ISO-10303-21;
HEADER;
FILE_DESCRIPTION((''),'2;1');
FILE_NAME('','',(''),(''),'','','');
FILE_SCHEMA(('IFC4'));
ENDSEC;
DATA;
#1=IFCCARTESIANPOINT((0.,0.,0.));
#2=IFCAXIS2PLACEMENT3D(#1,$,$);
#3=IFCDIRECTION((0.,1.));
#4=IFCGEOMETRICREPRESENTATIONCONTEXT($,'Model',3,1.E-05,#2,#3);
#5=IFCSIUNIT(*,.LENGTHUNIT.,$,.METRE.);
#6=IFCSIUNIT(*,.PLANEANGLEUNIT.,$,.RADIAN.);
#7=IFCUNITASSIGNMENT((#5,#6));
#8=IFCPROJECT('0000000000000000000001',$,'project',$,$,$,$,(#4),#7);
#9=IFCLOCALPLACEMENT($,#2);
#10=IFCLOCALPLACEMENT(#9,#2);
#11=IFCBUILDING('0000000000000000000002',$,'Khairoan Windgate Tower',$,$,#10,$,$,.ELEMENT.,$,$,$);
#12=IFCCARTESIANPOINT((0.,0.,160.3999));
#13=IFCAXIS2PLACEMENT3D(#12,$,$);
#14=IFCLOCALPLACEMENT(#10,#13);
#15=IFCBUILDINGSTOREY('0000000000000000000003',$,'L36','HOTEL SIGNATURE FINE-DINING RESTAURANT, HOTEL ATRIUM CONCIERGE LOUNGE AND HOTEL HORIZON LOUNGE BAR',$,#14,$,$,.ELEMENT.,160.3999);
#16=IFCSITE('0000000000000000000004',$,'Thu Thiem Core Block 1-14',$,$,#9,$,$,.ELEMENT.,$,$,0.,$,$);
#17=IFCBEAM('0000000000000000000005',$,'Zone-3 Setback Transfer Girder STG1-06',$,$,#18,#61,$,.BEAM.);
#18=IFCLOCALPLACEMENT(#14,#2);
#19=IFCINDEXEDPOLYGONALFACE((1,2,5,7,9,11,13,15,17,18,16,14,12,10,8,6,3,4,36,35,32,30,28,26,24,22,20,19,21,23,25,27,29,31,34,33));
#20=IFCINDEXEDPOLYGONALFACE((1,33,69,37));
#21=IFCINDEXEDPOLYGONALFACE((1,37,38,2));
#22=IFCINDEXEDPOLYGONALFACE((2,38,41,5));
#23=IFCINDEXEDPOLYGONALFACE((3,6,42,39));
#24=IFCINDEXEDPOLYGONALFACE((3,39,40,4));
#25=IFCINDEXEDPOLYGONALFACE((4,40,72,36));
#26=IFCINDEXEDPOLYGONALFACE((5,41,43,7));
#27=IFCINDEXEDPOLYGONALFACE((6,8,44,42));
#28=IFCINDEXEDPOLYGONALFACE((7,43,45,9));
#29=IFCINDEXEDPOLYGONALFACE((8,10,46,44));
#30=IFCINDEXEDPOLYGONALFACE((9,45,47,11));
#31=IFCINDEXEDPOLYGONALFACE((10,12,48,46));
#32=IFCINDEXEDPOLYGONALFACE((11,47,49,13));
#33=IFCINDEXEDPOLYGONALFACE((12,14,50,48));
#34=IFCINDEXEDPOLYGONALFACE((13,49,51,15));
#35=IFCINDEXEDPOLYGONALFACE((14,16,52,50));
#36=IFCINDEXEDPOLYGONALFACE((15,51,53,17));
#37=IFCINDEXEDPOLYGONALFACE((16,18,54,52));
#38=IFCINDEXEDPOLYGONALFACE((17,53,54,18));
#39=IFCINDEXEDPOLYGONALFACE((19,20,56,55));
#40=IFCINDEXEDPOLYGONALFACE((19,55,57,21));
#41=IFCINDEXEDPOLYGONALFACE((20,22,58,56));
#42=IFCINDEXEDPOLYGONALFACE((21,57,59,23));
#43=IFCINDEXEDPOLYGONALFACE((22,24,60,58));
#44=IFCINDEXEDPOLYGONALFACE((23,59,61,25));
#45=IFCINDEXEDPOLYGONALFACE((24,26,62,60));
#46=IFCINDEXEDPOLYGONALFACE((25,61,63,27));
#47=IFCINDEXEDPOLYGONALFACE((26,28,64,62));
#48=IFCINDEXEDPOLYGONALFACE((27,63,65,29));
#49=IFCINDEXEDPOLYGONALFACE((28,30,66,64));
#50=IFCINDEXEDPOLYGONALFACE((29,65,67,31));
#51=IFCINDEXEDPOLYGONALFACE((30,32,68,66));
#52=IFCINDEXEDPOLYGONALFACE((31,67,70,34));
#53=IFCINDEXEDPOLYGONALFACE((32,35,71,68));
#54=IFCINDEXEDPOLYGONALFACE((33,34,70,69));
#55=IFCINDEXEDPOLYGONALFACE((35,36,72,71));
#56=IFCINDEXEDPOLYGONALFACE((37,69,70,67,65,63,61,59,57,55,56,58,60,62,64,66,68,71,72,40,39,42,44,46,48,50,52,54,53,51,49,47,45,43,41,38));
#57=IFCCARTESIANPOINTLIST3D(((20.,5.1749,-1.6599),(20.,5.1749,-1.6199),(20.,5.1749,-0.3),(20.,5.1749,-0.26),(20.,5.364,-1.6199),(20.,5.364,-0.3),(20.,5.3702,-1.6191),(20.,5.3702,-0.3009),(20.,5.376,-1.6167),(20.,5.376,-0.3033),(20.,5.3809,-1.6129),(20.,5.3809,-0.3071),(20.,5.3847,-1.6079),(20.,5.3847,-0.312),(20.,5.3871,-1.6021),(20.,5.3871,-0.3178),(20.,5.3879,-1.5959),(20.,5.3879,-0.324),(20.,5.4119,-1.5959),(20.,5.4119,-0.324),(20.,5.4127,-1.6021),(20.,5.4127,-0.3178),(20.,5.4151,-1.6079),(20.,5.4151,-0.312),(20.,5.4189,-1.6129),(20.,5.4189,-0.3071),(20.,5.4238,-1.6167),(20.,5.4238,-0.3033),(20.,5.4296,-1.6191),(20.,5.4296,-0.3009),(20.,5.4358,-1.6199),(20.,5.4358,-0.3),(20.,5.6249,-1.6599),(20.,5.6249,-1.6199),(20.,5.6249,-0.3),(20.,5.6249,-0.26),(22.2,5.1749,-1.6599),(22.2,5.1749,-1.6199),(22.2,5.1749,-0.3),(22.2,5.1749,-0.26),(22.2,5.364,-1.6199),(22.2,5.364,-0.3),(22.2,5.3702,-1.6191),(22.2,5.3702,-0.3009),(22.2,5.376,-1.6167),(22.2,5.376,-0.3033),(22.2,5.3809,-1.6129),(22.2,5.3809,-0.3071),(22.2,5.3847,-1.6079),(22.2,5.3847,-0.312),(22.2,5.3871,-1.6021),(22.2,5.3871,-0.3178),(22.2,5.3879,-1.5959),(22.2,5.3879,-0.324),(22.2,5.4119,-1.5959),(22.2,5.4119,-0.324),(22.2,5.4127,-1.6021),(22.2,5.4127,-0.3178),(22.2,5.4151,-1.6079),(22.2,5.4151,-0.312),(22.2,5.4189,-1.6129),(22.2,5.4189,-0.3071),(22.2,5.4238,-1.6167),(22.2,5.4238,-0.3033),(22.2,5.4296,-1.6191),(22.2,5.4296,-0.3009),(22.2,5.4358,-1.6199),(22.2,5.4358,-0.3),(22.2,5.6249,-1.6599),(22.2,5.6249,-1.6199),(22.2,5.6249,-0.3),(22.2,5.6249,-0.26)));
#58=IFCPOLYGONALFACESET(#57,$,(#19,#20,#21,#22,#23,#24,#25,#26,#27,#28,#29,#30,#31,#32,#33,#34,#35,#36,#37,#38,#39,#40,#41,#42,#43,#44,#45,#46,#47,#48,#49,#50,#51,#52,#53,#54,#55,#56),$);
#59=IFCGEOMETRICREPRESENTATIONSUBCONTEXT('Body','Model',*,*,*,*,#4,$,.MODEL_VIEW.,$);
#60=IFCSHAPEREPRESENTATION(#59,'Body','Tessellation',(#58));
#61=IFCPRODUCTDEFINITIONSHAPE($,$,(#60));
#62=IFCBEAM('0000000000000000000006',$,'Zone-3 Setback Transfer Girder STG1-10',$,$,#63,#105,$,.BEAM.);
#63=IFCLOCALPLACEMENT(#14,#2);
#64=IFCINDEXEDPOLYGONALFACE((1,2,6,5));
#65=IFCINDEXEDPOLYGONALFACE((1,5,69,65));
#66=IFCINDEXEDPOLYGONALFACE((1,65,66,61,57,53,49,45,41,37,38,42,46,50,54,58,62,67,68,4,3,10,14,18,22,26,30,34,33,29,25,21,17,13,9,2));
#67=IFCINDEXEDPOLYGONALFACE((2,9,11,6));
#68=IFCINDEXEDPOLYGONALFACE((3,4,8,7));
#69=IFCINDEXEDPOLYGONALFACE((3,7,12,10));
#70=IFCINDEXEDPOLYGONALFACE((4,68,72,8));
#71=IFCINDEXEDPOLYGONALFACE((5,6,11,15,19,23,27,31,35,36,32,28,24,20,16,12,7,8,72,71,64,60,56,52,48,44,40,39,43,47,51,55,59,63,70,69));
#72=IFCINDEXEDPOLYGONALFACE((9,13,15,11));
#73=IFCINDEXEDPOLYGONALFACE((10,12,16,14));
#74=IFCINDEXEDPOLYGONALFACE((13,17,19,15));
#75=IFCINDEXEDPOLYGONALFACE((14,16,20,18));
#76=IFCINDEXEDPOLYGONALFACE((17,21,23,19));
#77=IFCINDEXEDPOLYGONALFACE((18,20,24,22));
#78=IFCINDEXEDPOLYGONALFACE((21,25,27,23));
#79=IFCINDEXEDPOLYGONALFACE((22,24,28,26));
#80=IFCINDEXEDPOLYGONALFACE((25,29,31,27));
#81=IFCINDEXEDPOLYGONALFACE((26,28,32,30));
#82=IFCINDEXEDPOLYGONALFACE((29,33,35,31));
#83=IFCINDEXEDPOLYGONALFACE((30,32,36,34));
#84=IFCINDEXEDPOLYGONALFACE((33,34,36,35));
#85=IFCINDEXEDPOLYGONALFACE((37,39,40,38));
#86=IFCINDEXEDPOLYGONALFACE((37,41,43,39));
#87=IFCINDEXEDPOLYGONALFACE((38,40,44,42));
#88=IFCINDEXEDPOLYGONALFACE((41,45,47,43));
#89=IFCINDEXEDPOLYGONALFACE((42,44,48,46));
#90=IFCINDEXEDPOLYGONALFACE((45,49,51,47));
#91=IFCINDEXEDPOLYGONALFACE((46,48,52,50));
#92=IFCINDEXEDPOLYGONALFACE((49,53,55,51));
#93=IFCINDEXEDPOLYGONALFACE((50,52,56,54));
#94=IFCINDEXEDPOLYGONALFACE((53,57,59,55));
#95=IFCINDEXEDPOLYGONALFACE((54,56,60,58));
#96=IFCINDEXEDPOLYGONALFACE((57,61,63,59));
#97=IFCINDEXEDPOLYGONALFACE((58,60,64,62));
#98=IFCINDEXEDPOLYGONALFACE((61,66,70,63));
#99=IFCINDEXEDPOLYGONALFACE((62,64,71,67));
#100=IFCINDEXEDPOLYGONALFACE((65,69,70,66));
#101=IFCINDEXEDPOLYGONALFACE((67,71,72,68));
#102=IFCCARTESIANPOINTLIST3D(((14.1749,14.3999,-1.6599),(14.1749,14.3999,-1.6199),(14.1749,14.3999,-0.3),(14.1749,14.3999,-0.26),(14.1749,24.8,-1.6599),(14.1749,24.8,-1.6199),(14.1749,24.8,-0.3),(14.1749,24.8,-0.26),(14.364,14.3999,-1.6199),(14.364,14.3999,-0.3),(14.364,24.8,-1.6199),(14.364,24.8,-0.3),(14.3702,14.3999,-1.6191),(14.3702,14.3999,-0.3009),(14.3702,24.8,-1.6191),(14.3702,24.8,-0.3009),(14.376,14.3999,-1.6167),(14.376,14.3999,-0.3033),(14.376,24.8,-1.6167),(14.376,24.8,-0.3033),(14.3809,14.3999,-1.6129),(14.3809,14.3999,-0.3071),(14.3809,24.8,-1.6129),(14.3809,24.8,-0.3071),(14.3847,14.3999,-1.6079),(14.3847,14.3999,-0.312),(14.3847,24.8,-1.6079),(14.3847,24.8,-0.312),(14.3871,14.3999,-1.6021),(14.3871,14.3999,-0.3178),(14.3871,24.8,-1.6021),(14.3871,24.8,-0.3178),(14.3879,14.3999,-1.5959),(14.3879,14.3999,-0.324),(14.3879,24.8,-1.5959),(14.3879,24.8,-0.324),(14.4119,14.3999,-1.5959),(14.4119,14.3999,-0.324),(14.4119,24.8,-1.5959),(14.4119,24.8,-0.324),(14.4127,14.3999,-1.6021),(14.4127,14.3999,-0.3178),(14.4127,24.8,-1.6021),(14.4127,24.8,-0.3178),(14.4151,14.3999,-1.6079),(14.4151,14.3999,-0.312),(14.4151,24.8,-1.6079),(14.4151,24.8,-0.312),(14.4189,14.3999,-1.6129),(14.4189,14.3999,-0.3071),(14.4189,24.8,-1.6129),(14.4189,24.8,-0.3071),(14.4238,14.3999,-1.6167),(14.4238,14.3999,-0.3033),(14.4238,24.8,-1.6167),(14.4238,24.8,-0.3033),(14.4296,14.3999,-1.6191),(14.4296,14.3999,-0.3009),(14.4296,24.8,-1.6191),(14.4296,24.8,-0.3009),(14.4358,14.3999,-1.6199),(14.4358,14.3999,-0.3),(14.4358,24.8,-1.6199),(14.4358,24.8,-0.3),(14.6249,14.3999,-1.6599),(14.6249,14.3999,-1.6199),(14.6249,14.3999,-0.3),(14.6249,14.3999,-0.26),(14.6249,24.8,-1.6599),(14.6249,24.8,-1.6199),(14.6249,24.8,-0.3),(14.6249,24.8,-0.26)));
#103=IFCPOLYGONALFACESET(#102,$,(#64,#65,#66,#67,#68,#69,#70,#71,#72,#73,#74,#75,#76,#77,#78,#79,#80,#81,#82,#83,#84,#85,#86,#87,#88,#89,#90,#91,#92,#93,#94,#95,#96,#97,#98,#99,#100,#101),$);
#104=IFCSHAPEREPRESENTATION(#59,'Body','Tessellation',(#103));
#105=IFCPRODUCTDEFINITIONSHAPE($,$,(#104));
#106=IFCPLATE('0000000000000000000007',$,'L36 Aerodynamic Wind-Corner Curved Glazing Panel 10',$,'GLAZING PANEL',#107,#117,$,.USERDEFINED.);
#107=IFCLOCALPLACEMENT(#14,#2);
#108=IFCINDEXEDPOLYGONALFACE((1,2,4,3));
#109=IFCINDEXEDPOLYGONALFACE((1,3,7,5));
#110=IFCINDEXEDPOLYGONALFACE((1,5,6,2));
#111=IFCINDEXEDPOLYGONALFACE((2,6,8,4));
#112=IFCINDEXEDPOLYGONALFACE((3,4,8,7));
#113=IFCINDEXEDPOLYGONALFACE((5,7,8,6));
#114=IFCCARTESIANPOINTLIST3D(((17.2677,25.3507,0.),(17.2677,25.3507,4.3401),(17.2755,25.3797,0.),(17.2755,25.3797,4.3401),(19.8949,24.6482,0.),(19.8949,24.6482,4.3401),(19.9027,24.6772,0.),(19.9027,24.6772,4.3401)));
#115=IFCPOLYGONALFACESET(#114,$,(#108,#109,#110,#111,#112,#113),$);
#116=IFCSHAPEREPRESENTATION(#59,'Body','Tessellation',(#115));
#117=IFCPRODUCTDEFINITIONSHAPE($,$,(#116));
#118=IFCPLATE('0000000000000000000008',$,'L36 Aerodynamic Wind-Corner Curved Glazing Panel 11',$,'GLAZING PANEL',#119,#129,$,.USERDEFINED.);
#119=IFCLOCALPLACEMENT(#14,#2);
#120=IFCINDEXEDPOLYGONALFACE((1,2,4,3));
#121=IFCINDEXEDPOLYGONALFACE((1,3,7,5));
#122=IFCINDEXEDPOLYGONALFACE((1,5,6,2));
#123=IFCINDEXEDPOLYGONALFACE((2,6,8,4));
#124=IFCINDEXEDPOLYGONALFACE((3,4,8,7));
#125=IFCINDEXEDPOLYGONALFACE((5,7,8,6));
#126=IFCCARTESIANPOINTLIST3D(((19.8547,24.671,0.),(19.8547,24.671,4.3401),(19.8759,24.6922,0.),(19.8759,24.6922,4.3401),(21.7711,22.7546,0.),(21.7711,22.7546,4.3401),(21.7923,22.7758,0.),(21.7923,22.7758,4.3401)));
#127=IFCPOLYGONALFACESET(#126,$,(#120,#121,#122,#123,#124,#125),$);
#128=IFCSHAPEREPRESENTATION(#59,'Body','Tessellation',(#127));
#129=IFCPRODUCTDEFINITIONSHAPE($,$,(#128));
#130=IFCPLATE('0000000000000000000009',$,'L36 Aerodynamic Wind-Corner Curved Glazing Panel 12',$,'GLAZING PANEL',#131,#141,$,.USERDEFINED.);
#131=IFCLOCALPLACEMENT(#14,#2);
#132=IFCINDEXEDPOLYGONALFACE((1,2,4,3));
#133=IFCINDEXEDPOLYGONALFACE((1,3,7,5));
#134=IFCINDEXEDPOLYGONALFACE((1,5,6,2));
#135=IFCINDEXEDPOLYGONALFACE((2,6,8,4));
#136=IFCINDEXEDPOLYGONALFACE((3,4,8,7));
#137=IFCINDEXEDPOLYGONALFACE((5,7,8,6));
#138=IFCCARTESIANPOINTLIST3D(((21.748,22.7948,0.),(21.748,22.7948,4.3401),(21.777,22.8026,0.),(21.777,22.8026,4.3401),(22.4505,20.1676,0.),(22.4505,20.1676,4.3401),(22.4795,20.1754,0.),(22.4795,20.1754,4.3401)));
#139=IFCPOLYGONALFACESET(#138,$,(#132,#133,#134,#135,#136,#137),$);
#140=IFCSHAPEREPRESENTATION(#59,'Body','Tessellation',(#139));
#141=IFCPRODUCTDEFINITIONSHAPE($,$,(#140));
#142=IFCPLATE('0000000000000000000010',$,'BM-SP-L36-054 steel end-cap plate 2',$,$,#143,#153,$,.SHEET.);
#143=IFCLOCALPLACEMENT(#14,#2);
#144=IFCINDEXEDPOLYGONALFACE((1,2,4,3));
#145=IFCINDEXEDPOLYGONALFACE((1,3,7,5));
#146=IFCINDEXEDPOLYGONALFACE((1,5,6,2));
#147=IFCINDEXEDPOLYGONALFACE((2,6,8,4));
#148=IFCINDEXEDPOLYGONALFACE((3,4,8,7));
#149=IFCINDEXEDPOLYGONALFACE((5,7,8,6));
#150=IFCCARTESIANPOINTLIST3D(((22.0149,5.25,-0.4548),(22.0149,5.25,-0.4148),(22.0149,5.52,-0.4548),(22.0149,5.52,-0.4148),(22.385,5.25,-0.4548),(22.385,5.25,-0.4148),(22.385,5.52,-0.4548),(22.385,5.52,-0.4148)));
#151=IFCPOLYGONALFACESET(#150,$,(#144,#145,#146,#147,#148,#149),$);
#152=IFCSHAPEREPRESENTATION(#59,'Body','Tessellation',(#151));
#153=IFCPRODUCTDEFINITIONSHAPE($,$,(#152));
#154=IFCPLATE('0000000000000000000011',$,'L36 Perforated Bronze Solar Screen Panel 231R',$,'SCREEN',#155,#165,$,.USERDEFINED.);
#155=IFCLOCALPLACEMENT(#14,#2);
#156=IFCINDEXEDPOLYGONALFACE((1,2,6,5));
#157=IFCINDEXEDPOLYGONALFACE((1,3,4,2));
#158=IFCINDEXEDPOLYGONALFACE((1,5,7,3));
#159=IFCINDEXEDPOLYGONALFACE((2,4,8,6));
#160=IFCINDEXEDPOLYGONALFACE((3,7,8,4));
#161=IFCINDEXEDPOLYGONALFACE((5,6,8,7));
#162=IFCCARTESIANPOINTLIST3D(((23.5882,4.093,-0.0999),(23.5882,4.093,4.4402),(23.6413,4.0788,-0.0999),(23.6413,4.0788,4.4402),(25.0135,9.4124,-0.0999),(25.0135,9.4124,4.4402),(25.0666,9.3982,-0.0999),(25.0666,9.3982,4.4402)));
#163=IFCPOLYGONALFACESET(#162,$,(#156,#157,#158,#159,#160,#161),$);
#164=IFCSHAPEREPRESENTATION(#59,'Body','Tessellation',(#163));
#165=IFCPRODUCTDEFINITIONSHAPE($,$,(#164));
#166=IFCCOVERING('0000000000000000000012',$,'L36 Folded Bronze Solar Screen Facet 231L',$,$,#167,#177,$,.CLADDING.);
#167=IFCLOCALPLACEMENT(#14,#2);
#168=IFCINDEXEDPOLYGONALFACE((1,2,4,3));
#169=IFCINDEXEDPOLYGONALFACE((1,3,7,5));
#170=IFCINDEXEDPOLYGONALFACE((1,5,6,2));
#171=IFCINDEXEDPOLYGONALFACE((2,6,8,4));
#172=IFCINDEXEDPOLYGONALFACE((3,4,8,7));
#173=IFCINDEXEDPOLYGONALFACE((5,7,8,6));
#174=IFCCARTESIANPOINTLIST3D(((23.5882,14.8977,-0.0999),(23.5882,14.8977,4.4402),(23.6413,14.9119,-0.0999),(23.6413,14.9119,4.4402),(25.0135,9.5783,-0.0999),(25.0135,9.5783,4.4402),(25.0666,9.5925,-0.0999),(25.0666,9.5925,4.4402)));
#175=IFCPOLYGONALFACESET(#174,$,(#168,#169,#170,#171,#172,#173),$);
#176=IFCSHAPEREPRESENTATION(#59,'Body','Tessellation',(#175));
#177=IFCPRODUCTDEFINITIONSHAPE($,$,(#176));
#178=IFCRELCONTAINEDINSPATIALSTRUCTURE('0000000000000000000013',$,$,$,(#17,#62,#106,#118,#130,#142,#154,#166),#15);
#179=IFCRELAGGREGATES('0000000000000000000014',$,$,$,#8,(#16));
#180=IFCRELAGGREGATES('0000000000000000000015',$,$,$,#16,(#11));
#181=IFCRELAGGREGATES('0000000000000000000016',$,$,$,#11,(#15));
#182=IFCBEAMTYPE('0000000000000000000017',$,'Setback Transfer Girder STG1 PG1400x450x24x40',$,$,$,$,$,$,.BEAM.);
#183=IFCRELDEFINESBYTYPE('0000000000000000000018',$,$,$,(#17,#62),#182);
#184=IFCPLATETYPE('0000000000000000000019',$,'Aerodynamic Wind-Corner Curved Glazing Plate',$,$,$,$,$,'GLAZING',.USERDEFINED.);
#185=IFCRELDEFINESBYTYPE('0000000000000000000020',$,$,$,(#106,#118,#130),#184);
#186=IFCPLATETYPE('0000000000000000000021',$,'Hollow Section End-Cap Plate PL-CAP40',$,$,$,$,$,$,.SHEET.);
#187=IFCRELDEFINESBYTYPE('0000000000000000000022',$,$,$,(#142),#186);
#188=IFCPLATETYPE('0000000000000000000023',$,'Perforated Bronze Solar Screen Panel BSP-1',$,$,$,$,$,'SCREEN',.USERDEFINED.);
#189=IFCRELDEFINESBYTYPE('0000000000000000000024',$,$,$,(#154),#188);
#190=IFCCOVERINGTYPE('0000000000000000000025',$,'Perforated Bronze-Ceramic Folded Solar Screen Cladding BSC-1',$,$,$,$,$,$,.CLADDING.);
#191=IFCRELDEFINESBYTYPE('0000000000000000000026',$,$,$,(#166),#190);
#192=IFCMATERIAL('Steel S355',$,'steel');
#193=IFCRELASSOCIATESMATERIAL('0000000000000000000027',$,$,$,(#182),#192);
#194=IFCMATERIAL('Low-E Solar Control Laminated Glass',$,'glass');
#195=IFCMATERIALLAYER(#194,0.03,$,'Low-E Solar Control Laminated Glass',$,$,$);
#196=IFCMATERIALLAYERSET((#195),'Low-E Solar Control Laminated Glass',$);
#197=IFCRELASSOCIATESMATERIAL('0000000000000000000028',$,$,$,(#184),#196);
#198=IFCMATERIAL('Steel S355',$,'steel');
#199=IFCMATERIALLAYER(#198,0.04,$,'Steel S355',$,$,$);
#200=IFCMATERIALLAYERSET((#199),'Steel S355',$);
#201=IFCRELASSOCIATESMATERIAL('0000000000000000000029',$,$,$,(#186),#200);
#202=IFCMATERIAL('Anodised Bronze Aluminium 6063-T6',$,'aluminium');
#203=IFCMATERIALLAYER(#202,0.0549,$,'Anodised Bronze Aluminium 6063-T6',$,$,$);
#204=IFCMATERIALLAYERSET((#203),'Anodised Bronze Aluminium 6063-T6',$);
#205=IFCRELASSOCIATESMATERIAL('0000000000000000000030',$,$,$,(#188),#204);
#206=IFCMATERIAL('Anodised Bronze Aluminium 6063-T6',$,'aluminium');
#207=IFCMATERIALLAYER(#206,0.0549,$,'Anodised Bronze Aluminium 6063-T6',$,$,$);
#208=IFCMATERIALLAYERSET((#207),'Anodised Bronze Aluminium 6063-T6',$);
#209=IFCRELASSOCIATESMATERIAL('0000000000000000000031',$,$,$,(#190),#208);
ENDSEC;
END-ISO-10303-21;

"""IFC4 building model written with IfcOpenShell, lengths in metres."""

from ifc_helpers import new_model, si_unit, direction, frame, origin, origin_2d, place, context, subcontext, project, spatial, rectangle, i_section, extrude, material, layer, layer_set, material_profile, profile_set, type_object, element, save


model = new_model("IFC4")

# Units and contexts
model_context = context("Model", 3, precision=1e-05, world=origin(), true_north=direction((0.0, 1.0)))
body_context = subcontext(model_context, "Body", "Model", "MODEL_VIEW")
ifc_project = project(units=[si_unit("LENGTHUNIT", "METRE"), si_unit("PLANEANGLEUNIT", "RADIAN")], contexts=[model_context])

# Site, building, storey
site_placement = place(None, origin())
site = spatial("IfcSite", under=ifc_project, at=site_placement, Name="Thu Thiem Core Block 1-14", CompositionType="ELEMENT", RefElevation=0.0)
building_placement = place(site_placement, origin())
building = spatial("IfcBuilding", under=site, at=building_placement, Name="Khairoan Windgate Tower", CompositionType="ELEMENT")
storey_placement = place(building_placement, frame((0.0, 0.0, 160.3999)))
storey = spatial("IfcBuildingStorey", under=building, at=storey_placement, Name="L36", Description="HOTEL SIGNATURE FINE-DINING RESTAURANT, HOTEL ATRIUM CONCIERGE LOUNGE AND HOTEL HORIZON LOUNGE BAR", CompositionType="ELEMENT", Elevation=160.3999)

# Beams
ifc_material_1 = material(Name="Steel S355", Category="steel")
ifc_material_profile_1 = material_profile(ifc_material_1, i_section(OverallWidth=0.45, OverallDepth=1.3999, WebThickness=0.0239, FlangeThickness=0.04, FilletRadius=0.0239, at=origin_2d()))
ifc_profile_set_1 = profile_set([ifc_material_profile_1], Name="Steel S355")
beam_type_1 = type_object("IfcBeamType", Name="Setback Transfer Girder STG1 PG1400x450x24x40", PredefinedType="BEAM", material=ifc_profile_set_1)
beam_1_placement = place(storey_placement, frame((20.0, 5.3999, -0.96), z_axis=(1.0, 0.0, 0.0), x_axis=(0.0, 1.0, 0.0)))
element("IfcBeam", 1, at=beam_1_placement, inside=storey, type_object=beam_type_1, Name="Zone-3 Setback Transfer Girder STG1-06", PredefinedType="BEAM", context=body_context, shape_type="SweptSolid", body=[
    extrude(i_section(OverallWidth=0.45, OverallDepth=1.3999, WebThickness=0.0239, FlangeThickness=0.04, FilletRadius=0.0239, at=origin_2d()), origin(), (0.0, 0.0, 1.0), 2.2),
])
beam_2_placement = place(storey_placement, frame((14.3999, 14.3999, -0.96), z_axis=(0.0, 1.0, 0.0), x_axis=(-1.0, 0.0, 0.0)))
element("IfcBeam", 2, at=beam_2_placement, inside=storey, type_object=beam_type_1, Name="Zone-3 Setback Transfer Girder STG1-10", PredefinedType="BEAM", context=body_context, shape_type="SweptSolid", body=[
    extrude(i_section(OverallWidth=0.45, OverallDepth=1.3999, WebThickness=0.0239, FlangeThickness=0.04, FilletRadius=0.0239, at=origin_2d()), origin(), (0.0, 0.0, 1.0), 10.4001),
])

# Plates
ifc_material_2 = material(Name="Low-E Solar Control Laminated Glass", Category="glass")
ifc_layer_1 = layer(ifc_material_2, 0.03, Name="Low-E Solar Control Laminated Glass")
ifc_layer_set_1 = layer_set([ifc_layer_1], Name="Low-E Solar Control Laminated Glass")
plate_type_1 = type_object("IfcPlateType", Name="Aerodynamic Wind-Corner Curved Glazing Plate", ElementType="GLAZING", PredefinedType="USERDEFINED", material=ifc_layer_set_1)
plate_1_placement = place(storey_placement, frame((18.5852, 25.0139, 0.0), z_axis=(0.0, 0.0, 1.0), x_axis=(0.966061, -0.258313, 0.0)))
element("IfcPlate", 3, at=plate_1_placement, inside=storey, type_object=plate_type_1, Name="L36 Aerodynamic Wind-Corner Curved Glazing Panel 10", ObjectType="GLAZING PANEL", PredefinedType="USERDEFINED", context=body_context, shape_type="SweptSolid", body=[
    extrude(rectangle(XDim=2.7195, YDim=0.03, at=origin_2d()), origin(), (0.0, 0.0, 1.0), 4.3401),
])
plate_2_placement = place(storey_placement, frame((20.8235, 23.7234, 0.0), z_axis=(0.0, 0.0, 1.0), x_axis=(0.707107, -0.707107, 0.0)))
element("IfcPlate", 4, at=plate_2_placement, inside=storey, type_object=plate_type_1, Name="L36 Aerodynamic Wind-Corner Curved Glazing Panel 11", ObjectType="GLAZING PANEL", PredefinedType="USERDEFINED", context=body_context, shape_type="SweptSolid", body=[
    extrude(rectangle(XDim=2.7102, YDim=0.03, at=origin_2d()), origin(), (0.0, 0.0, 1.0), 4.3401),
])
plate_3_placement = place(storey_placement, frame((22.1138, 21.4851, 0.0), z_axis=(0.0, 0.0, 1.0), x_axis=(0.258313, -0.966061, 0.0)))
element("IfcPlate", 5, at=plate_3_placement, inside=storey, type_object=plate_type_1, Name="L36 Aerodynamic Wind-Corner Curved Glazing Panel 12", ObjectType="GLAZING PANEL", PredefinedType="USERDEFINED", context=body_context, shape_type="SweptSolid", body=[
    extrude(rectangle(XDim=2.7195, YDim=0.03, at=origin_2d()), origin(), (0.0, 0.0, 1.0), 4.3401),
])

# Plates
ifc_material_3 = material(Name="Steel S355", Category="steel")
ifc_layer_2 = layer(ifc_material_3, 0.04, Name="Steel S355")
ifc_layer_set_2 = layer_set([ifc_layer_2], Name="Steel S355")
plate_type_2 = type_object("IfcPlateType", Name="Hollow Section End-Cap Plate PL-CAP40", PredefinedType="SHEET", material=ifc_layer_set_2)
plate_4_placement = place(storey_placement, frame((22.2, 5.385, -0.4548), z_axis=(0.0, 0.0, 1.0), x_axis=(0.0, 1.0, 0.0)))
element("IfcPlate", 6, at=plate_4_placement, inside=storey, type_object=plate_type_2, Name="BM-SP-L36-054 steel end-cap plate 2", PredefinedType="SHEET", context=body_context, shape_type="SweptSolid", body=[
    extrude(rectangle(XDim=0.27, YDim=0.3701, at=origin_2d()), origin(), (0.0, 0.0, 1.0), 0.04),
])
ifc_material_4 = material(Name="Anodised Bronze Aluminium 6063-T6", Category="aluminium")
ifc_layer_3 = layer(ifc_material_4, 0.0549, Name="Anodised Bronze Aluminium 6063-T6")
ifc_layer_set_3 = layer_set([ifc_layer_3], Name="Anodised Bronze Aluminium 6063-T6")
plate_type_3 = type_object("IfcPlateType", Name="Perforated Bronze Solar Screen Panel BSP-1", ElementType="SCREEN", PredefinedType="USERDEFINED", material=ifc_layer_set_3)
plate_5_placement = place(storey_placement, frame((24.3274, 6.7456, -0.0999), z_axis=(0.0, 0.0, 1.0), x_axis=(-0.258819, -0.965926, 0.0)))
element("IfcPlate", 7, at=plate_5_placement, inside=storey, type_object=plate_type_3, Name="L36 Perforated Bronze Solar Screen Panel 231R", ObjectType="SCREEN", PredefinedType="USERDEFINED", context=body_context, shape_type="SweptSolid", body=[
    extrude(rectangle(XDim=5.5071, YDim=0.0549, at=origin_2d()), origin(), (0.0, 0.0, 1.0), 4.54),
])

# Covering
ifc_material_5 = material(Name="Anodised Bronze Aluminium 6063-T6", Category="aluminium")
ifc_layer_4 = layer(ifc_material_5, 0.0549, Name="Anodised Bronze Aluminium 6063-T6")
ifc_layer_set_4 = layer_set([ifc_layer_4], Name="Anodised Bronze Aluminium 6063-T6")
covering_type = type_object("IfcCoveringType", Name="Perforated Bronze-Ceramic Folded Solar Screen Cladding BSC-1", PredefinedType="CLADDING", material=ifc_layer_set_4)
covering_placement = place(storey_placement, frame((24.3274, 12.2451, -0.0999), z_axis=(0.0, 0.0, 1.0), x_axis=(0.258819, -0.965926, 0.0)))
element("IfcCovering", 8, at=covering_placement, inside=storey, type_object=covering_type, Name="L36 Folded Bronze Solar Screen Facet 231L", PredefinedType="CLADDING", context=body_context, shape_type="SweptSolid", body=[
    extrude(rectangle(XDim=5.5071, YDim=0.0549, at=origin_2d()), origin(), (0.0, 0.0, 1.0), 4.54),
])

save(model, "model.ifc")
